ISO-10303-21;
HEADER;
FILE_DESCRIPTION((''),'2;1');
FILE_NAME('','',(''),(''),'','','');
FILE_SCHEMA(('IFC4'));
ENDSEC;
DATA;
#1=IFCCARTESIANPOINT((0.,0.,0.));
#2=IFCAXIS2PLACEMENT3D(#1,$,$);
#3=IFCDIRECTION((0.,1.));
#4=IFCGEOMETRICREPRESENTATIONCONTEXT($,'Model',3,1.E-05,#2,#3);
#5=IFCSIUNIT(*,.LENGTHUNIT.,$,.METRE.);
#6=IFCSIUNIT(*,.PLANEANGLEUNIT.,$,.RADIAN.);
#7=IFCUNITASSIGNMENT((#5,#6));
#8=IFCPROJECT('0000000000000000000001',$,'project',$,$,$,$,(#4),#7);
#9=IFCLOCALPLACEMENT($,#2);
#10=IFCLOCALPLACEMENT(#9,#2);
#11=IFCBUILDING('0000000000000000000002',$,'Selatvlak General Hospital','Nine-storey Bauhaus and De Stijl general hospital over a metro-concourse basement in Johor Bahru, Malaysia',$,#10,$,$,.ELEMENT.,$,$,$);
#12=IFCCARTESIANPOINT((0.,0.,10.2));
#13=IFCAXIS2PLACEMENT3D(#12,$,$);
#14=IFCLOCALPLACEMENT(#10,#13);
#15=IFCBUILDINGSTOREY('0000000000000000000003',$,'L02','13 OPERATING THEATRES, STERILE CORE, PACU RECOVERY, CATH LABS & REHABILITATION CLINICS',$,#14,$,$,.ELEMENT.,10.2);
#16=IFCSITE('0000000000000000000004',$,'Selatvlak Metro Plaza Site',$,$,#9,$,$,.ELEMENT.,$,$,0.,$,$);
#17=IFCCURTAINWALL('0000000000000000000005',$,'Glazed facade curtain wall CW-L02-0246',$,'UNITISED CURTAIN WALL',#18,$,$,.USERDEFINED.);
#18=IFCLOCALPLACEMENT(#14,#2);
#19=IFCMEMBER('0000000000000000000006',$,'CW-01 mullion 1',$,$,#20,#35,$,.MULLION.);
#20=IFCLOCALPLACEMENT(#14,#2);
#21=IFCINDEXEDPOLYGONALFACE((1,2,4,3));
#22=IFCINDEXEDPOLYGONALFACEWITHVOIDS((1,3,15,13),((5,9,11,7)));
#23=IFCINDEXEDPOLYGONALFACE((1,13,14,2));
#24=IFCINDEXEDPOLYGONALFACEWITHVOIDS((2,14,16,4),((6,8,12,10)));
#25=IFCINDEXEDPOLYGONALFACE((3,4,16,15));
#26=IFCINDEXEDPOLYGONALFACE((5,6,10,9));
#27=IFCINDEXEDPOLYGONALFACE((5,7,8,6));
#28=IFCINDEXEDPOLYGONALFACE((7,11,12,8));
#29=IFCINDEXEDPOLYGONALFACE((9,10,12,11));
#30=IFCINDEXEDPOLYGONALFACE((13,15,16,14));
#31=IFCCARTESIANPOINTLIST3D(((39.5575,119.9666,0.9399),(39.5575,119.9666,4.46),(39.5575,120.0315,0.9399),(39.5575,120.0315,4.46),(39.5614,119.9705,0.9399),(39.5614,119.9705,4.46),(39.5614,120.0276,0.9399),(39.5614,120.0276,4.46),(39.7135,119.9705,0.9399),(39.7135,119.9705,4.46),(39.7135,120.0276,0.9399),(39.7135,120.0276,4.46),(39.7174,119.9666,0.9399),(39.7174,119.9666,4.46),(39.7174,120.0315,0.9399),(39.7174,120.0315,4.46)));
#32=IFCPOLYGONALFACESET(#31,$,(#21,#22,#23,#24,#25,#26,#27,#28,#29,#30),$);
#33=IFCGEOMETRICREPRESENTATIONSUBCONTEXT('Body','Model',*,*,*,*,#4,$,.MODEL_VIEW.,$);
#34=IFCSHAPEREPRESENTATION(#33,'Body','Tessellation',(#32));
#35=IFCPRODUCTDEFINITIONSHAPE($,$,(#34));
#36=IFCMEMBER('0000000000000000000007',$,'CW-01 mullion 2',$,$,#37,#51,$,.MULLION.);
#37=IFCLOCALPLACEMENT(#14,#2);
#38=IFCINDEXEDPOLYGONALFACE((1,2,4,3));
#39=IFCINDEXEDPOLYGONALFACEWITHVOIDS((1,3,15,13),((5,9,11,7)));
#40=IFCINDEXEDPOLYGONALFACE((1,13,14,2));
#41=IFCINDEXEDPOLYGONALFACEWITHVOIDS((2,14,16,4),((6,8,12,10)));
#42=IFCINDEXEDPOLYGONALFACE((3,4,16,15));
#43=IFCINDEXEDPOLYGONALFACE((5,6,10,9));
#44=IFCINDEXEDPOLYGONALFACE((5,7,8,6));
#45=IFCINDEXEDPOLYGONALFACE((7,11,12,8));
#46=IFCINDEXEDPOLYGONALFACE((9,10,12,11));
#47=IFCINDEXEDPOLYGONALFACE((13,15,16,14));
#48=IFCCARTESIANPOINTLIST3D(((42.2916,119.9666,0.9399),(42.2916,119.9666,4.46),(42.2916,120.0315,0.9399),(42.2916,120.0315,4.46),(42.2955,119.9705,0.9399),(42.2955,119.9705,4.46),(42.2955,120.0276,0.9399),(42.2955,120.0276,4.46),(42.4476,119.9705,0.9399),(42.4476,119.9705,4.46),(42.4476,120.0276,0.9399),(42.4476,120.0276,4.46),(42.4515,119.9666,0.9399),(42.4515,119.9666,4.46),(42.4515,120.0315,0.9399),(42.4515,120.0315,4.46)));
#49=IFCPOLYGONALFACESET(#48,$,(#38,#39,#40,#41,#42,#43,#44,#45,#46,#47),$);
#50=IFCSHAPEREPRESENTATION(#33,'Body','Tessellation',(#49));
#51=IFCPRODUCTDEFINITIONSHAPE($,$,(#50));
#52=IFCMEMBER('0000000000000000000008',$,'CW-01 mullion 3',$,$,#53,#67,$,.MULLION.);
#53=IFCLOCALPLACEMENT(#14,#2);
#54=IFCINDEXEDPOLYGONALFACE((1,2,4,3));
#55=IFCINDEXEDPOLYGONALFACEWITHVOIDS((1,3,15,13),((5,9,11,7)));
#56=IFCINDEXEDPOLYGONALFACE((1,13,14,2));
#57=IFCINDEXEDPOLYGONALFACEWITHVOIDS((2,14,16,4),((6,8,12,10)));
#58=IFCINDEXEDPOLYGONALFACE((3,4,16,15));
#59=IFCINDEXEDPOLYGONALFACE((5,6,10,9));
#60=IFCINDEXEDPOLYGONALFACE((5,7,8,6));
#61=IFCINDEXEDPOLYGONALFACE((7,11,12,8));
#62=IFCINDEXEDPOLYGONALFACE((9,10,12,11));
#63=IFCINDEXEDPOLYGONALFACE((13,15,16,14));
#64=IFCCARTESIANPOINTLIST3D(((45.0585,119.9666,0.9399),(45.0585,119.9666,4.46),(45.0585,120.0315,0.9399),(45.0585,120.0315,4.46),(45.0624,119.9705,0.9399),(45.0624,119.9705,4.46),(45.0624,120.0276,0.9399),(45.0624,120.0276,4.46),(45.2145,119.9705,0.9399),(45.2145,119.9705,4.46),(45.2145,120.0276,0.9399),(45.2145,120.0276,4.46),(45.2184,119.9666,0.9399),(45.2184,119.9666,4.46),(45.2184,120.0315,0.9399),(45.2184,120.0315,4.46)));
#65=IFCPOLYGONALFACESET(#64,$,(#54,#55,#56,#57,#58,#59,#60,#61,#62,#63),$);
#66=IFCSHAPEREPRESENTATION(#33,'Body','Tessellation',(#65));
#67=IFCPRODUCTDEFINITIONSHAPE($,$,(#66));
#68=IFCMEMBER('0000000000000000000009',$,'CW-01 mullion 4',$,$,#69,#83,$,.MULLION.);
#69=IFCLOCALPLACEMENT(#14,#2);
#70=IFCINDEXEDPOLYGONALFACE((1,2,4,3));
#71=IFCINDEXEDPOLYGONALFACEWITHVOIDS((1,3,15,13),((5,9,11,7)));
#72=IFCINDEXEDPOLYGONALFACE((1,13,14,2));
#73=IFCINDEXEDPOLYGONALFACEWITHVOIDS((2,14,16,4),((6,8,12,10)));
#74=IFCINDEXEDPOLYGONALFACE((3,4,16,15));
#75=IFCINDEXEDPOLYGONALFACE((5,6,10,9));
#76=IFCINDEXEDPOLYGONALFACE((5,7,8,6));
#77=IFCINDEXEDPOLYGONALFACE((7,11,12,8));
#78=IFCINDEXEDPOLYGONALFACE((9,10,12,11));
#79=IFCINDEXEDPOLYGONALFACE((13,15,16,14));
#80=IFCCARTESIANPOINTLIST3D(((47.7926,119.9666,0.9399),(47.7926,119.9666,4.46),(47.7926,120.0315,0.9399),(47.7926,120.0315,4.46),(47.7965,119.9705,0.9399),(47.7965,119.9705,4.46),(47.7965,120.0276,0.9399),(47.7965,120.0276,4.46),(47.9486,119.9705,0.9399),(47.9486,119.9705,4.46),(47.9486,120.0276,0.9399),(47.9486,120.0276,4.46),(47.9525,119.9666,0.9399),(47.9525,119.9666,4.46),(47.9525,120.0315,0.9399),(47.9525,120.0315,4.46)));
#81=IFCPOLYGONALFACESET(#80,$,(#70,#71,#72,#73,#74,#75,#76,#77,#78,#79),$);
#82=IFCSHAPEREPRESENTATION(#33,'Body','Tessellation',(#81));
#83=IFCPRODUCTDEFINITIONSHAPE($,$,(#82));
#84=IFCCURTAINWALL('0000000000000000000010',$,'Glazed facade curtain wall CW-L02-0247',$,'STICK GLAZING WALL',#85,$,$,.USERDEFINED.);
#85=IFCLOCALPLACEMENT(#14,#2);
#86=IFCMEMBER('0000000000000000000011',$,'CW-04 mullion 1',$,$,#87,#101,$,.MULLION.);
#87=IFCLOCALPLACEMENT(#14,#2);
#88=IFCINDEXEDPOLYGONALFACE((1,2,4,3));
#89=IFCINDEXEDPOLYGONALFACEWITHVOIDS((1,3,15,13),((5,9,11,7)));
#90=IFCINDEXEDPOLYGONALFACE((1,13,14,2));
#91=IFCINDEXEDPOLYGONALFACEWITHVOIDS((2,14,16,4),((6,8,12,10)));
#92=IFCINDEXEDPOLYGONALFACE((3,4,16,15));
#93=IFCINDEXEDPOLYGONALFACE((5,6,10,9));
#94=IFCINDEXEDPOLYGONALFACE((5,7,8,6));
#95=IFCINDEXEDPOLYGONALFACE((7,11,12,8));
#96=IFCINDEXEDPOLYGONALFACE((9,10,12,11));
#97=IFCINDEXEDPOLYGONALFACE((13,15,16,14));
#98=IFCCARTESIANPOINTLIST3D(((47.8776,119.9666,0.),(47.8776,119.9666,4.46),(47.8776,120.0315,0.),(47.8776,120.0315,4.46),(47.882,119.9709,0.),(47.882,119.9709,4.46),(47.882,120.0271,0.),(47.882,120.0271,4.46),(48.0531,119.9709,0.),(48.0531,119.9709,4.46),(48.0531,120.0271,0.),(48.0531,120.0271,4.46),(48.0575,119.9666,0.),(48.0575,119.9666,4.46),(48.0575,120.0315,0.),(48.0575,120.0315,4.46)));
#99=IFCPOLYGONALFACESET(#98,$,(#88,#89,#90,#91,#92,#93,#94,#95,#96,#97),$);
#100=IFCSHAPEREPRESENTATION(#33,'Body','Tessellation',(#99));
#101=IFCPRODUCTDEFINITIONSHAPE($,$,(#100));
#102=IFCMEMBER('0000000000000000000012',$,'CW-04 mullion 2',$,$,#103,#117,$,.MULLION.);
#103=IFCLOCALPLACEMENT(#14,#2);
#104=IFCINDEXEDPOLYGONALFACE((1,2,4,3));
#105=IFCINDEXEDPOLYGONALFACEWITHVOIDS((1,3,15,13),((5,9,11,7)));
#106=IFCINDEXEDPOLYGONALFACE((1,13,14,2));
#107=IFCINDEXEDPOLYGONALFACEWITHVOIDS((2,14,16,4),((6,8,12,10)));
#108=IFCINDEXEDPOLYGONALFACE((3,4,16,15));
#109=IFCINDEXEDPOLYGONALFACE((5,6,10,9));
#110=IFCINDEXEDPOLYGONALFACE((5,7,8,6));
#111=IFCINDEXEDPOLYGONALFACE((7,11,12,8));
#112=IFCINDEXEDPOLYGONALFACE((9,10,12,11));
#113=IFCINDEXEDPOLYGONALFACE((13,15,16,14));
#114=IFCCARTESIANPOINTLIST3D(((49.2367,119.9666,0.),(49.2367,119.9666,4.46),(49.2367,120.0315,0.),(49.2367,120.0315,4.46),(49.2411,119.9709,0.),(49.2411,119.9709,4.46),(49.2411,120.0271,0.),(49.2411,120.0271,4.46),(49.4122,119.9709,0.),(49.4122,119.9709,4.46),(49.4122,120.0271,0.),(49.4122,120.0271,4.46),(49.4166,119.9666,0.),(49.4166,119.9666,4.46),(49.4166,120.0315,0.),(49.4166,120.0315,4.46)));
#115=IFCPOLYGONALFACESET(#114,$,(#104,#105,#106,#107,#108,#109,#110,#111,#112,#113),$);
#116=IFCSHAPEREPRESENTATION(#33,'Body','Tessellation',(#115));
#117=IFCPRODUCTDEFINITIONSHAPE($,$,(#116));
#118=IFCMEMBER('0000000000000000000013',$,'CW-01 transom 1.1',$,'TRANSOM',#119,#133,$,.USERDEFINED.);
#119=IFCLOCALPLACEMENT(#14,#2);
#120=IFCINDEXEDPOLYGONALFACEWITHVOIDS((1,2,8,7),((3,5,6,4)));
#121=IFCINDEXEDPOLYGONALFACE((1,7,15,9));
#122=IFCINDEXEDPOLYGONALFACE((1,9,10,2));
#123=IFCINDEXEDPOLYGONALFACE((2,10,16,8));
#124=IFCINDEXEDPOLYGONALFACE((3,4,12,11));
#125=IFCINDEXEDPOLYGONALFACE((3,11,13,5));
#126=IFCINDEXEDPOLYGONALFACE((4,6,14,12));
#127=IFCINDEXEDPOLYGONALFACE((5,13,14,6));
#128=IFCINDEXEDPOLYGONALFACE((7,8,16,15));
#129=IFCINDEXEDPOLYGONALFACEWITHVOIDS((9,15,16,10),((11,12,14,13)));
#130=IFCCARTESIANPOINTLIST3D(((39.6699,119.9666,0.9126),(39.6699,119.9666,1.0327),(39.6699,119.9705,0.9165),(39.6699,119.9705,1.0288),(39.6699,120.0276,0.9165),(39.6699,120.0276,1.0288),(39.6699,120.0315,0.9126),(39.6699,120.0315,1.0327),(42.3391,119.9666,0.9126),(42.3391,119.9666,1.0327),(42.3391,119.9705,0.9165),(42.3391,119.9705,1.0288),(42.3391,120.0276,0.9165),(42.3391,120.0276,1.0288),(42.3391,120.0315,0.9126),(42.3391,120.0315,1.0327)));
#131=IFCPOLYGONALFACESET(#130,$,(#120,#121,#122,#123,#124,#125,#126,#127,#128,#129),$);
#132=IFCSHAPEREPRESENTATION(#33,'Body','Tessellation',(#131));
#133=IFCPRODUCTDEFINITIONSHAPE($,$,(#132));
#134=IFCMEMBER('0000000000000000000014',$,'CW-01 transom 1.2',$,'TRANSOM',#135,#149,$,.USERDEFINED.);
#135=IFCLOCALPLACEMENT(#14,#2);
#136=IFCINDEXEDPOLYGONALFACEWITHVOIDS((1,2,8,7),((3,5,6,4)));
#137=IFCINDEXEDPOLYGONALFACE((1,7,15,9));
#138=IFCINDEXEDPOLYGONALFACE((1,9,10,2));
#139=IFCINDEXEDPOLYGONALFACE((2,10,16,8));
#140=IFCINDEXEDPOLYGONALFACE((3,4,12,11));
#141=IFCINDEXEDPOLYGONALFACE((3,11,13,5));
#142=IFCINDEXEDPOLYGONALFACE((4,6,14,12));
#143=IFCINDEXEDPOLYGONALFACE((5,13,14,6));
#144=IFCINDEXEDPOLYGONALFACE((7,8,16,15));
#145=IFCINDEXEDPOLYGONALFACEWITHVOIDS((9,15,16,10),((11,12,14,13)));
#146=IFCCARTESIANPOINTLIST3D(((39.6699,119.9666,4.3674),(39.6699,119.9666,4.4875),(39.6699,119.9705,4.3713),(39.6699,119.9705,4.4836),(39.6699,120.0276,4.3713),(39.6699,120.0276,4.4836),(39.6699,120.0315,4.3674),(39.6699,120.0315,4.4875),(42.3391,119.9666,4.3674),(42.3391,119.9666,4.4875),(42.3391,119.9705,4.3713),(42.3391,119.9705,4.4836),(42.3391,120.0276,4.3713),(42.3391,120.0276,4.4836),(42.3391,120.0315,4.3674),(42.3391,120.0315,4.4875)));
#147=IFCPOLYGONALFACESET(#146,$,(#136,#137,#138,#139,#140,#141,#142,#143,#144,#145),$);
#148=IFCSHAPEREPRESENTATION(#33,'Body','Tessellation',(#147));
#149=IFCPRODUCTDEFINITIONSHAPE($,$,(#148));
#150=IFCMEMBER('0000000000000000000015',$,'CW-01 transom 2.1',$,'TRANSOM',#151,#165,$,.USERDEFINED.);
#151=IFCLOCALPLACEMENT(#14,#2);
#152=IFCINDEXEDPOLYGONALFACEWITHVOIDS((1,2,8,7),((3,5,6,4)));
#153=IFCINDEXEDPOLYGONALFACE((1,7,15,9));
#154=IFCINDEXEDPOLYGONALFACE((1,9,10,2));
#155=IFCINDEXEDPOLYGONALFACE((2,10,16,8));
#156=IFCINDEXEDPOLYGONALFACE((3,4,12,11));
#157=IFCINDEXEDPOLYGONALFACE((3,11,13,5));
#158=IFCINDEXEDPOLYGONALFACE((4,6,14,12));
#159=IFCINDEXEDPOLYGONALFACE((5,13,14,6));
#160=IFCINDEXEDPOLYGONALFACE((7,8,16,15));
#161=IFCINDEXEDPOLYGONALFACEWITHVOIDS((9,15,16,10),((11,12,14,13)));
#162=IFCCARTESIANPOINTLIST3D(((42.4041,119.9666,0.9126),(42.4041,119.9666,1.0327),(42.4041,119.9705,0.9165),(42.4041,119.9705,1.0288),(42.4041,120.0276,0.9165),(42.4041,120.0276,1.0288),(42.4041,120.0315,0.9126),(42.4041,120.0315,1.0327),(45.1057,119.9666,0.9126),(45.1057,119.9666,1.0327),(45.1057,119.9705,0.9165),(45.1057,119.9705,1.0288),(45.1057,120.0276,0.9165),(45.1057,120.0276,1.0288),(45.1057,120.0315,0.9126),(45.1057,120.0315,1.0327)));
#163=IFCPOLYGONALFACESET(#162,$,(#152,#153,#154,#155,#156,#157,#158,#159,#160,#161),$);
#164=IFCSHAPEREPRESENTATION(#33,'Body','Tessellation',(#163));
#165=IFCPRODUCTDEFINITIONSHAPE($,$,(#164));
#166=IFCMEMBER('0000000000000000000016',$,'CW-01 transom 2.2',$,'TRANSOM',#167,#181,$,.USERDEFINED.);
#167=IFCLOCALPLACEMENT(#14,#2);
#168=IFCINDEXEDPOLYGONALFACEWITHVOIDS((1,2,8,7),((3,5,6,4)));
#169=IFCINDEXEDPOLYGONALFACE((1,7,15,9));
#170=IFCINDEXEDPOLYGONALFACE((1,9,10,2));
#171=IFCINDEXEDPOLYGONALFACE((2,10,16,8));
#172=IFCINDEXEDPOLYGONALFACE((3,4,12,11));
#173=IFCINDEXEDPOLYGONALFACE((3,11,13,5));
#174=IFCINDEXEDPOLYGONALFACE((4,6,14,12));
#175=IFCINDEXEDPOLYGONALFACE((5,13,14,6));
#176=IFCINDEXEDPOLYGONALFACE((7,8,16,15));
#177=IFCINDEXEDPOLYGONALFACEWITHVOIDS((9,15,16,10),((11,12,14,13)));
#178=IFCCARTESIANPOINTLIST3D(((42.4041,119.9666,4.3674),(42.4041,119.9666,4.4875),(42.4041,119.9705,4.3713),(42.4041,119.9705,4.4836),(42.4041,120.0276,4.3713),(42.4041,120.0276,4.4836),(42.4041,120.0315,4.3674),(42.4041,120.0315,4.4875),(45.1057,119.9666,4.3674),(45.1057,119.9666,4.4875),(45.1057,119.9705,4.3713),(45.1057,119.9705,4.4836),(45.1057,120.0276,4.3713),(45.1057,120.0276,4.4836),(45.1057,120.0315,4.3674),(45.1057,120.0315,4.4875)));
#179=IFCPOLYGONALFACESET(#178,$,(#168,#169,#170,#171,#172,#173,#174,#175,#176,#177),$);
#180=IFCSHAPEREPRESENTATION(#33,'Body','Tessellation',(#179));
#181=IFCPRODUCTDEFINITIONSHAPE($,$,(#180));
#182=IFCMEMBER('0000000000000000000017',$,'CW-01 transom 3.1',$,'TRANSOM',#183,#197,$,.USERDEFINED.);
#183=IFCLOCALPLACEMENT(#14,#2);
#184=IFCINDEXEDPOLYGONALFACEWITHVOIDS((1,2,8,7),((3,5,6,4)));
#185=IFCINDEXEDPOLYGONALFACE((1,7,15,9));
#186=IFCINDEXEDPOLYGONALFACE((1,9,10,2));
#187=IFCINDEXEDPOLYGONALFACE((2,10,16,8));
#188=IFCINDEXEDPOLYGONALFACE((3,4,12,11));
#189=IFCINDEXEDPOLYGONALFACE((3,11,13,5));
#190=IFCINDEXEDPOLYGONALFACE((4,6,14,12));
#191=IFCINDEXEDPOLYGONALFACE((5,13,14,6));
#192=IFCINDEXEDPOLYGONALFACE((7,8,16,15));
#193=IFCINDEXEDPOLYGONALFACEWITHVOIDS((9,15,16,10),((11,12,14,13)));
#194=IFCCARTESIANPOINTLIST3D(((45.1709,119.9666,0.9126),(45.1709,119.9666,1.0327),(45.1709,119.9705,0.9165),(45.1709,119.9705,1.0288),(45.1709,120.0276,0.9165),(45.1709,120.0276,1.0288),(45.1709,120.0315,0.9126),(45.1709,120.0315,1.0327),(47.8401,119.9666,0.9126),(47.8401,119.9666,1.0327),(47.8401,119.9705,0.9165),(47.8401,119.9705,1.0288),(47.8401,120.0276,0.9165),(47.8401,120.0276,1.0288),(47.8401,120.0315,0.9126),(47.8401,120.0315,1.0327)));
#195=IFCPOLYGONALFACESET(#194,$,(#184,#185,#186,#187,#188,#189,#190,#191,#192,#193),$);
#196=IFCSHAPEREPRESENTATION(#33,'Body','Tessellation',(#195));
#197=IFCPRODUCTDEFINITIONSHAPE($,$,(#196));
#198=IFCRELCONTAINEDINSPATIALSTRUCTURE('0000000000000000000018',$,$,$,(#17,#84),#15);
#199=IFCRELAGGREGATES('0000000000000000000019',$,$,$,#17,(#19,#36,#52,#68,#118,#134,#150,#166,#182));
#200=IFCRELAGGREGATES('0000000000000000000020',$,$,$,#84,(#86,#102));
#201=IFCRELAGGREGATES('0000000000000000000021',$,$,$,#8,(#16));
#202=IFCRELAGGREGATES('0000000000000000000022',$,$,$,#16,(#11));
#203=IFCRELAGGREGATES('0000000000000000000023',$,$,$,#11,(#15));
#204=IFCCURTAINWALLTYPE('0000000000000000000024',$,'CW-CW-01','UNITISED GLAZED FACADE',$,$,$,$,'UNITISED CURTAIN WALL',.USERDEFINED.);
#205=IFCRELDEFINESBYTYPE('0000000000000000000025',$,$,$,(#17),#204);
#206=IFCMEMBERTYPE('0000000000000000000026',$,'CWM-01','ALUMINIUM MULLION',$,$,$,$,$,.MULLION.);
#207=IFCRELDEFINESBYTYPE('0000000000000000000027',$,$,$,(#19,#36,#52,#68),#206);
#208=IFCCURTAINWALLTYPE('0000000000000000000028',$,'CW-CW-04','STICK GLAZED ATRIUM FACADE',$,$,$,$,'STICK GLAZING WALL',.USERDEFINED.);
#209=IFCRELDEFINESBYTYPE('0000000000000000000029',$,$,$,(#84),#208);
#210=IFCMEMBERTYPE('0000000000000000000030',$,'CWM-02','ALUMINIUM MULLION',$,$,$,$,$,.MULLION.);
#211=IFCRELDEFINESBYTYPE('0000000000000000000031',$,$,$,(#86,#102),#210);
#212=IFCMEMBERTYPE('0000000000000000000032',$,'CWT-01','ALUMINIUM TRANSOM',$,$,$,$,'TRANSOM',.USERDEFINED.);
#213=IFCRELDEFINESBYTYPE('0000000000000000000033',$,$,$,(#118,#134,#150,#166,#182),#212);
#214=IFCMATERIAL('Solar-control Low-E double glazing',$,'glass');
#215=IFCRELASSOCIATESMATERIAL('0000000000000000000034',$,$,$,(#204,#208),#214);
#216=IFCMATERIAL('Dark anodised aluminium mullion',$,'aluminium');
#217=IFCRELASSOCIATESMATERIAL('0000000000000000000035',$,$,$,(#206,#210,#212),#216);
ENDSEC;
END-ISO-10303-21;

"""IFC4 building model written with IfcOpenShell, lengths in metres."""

from ifc_helpers import new_model, si_unit, direction, frame, origin, origin_2d, place, context, subcontext, project, spatial, hollow_rectangle, extrude, material, material_profile, profile_set, type_object, element, aggregate, save


model = new_model("IFC4")

# Units and contexts
model_context = context("Model", 3, precision=1e-05, world=origin(), true_north=direction((0.0, 1.0)))
body_context = subcontext(model_context, "Body", "Model", "MODEL_VIEW")
ifc_project = project(units=[si_unit("LENGTHUNIT", "METRE"), si_unit("PLANEANGLEUNIT", "RADIAN")], contexts=[model_context])

# Site, building, storey
site_placement = place(None, origin())
site = spatial("IfcSite", under=ifc_project, at=site_placement, Name="Selatvlak Metro Plaza Site", CompositionType="ELEMENT", RefElevation=0.0)
building_placement = place(site_placement, origin())
building = spatial("IfcBuilding", under=site, at=building_placement, Name="Selatvlak General Hospital", Description="Nine-storey Bauhaus and De Stijl general hospital over a metro-concourse basement in Johor Bahru, Malaysia", CompositionType="ELEMENT")
storey_placement = place(building_placement, frame((0.0, 0.0, 10.2)))
storey = spatial("IfcBuildingStorey", under=building, at=storey_placement, Name="L02", Description="13 OPERATING THEATRES, STERILE CORE, PACU RECOVERY, CATH LABS & REHABILITATION CLINICS", CompositionType="ELEMENT", Elevation=10.2)

# Curtain walls, members
ifc_material_1 = material(Name="Solar-control Low-E double glazing", Category="glass")
curtain_wall_type_1 = type_object("IfcCurtainWallType", Name="CW-CW-01", Description="UNITISED GLAZED FACADE", ElementType="UNITISED CURTAIN WALL", PredefinedType="USERDEFINED", material=ifc_material_1)
curtain_wall_1_placement = place(storey_placement, origin())
curtain_wall_1 = element("IfcCurtainWall", 1, at=curtain_wall_1_placement, inside=storey, type_object=curtain_wall_type_1, Name="Glazed facade curtain wall CW-L02-0246", ObjectType="UNITISED CURTAIN WALL", PredefinedType="USERDEFINED")
ifc_material_2 = material(Name="Dark anodised aluminium mullion", Category="aluminium")
ifc_material_profile_1 = material_profile(ifc_material_2, hollow_rectangle(XDim=0.0649, YDim=0.1599, WallThickness=0.0039, at=origin_2d()), Name="AL-MUL 65x160x4")
ifc_profile_set_1 = profile_set([ifc_material_profile_1], Name="Dark anodised aluminium mullion")
member_type_1 = type_object("IfcMemberType", Name="CWM-01", Description="ALUMINIUM MULLION", PredefinedType="MULLION", material=ifc_profile_set_1)
member_1_placement = place(storey_placement, frame((39.6375, 119.999, 0.9399), z_axis=(0.0, 0.0, 1.0), x_axis=(0.0, 1.0, 0.0)))
member_1 = element("IfcMember", 2, at=member_1_placement, type_object=member_type_1, Name="CW-01 mullion 1", PredefinedType="MULLION", context=body_context, shape_type="SweptSolid", body=[
    extrude(hollow_rectangle(XDim=0.0649, YDim=0.1599, WallThickness=0.0039, at=origin_2d()), origin(), (0.0, 0.0, 1.0), 3.52),
])
member_2_placement = place(storey_placement, frame((42.3716, 119.999, 0.9399), z_axis=(0.0, 0.0, 1.0), x_axis=(0.0, 1.0, 0.0)))
member_2 = element("IfcMember", 3, at=member_2_placement, type_object=member_type_1, Name="CW-01 mullion 2", PredefinedType="MULLION", context=body_context, shape_type="SweptSolid", body=[
    extrude(hollow_rectangle(XDim=0.0649, YDim=0.1599, WallThickness=0.0039, at=origin_2d()), origin(), (0.0, 0.0, 1.0), 3.52),
])
member_3_placement = place(storey_placement, frame((45.1384, 119.999, 0.9399), z_axis=(0.0, 0.0, 1.0), x_axis=(0.0, 1.0, 0.0)))
member_3 = element("IfcMember", 4, at=member_3_placement, type_object=member_type_1, Name="CW-01 mullion 3", PredefinedType="MULLION", context=body_context, shape_type="SweptSolid", body=[
    extrude(hollow_rectangle(XDim=0.0649, YDim=0.1599, WallThickness=0.0039, at=origin_2d()), origin(), (0.0, 0.0, 1.0), 3.52),
])
member_4_placement = place(storey_placement, frame((47.8726, 119.999, 0.9399), z_axis=(0.0, 0.0, 1.0), x_axis=(0.0, 1.0, 0.0)))
member_4 = element("IfcMember", 5, at=member_4_placement, type_object=member_type_1, Name="CW-01 mullion 4", PredefinedType="MULLION", context=body_context, shape_type="SweptSolid", body=[
    extrude(hollow_rectangle(XDim=0.0649, YDim=0.1599, WallThickness=0.0039, at=origin_2d()), origin(), (0.0, 0.0, 1.0), 3.52),
])
curtain_wall_type_2 = type_object("IfcCurtainWallType", Name="CW-CW-04", Description="STICK GLAZED ATRIUM FACADE", ElementType="STICK GLAZING WALL", PredefinedType="USERDEFINED", material=ifc_material_1)
curtain_wall_2_placement = place(storey_placement, origin())
curtain_wall_2 = element("IfcCurtainWall", 6, at=curtain_wall_2_placement, inside=storey, type_object=curtain_wall_type_2, Name="Glazed facade curtain wall CW-L02-0247", ObjectType="STICK GLAZING WALL", PredefinedType="USERDEFINED")
ifc_material_profile_2 = material_profile(ifc_material_2, hollow_rectangle(XDim=0.0649, YDim=0.1799, WallThickness=0.0044, at=origin_2d()), Name="AL-MUL 65x180x4.5")
ifc_profile_set_2 = profile_set([ifc_material_profile_2], Name="Dark anodised aluminium mullion")
member_type_2 = type_object("IfcMemberType", Name="CWM-02", Description="ALUMINIUM MULLION", PredefinedType="MULLION", material=ifc_profile_set_2)
member_5_placement = place(storey_placement, frame((47.9675, 119.999, 0.0), z_axis=(0.0, 0.0, 1.0), x_axis=(0.0, 1.0, 0.0)))
member_5 = element("IfcMember", 7, at=member_5_placement, type_object=member_type_2, Name="CW-04 mullion 1", PredefinedType="MULLION", context=body_context, shape_type="SweptSolid", body=[
    extrude(hollow_rectangle(XDim=0.0649, YDim=0.1799, WallThickness=0.0044, at=origin_2d()), origin(), (0.0, 0.0, 1.0), 4.46),
])
member_6_placement = place(storey_placement, frame((49.3267, 119.999, 0.0), z_axis=(0.0, 0.0, 1.0), x_axis=(0.0, 1.0, 0.0)))
member_6 = element("IfcMember", 8, at=member_6_placement, type_object=member_type_2, Name="CW-04 mullion 2", PredefinedType="MULLION", context=body_context, shape_type="SweptSolid", body=[
    extrude(hollow_rectangle(XDim=0.0649, YDim=0.1799, WallThickness=0.0044, at=origin_2d()), origin(), (0.0, 0.0, 1.0), 4.46),
])

# Members
ifc_material_profile_3 = material_profile(ifc_material_2, hollow_rectangle(XDim=0.0649, YDim=0.1201, WallThickness=0.0039, at=origin_2d()), Name="AL-TRN 65x120x4")
ifc_profile_set_3 = profile_set([ifc_material_profile_3], Name="Dark anodised aluminium mullion")
member_type_3 = type_object("IfcMemberType", Name="CWT-01", Description="ALUMINIUM TRANSOM", ElementType="TRANSOM", PredefinedType="USERDEFINED", material=ifc_profile_set_3)
member_7_placement = place(storey_placement, frame((39.6699, 119.999, 0.9727), z_axis=(1.0, 0.0, 0.0), x_axis=(0.0, 1.0, 0.0)))
member_7 = element("IfcMember", 9, at=member_7_placement, type_object=member_type_3, Name="CW-01 transom 1.1", ObjectType="TRANSOM", PredefinedType="USERDEFINED", context=body_context, shape_type="SweptSolid", body=[
    extrude(hollow_rectangle(XDim=0.0649, YDim=0.1201, WallThickness=0.0039, at=origin_2d()), origin(), (0.0, 0.0, 1.0), 2.6692),
])
member_8_placement = place(storey_placement, frame((39.6699, 119.999, 4.4275), z_axis=(1.0, 0.0, 0.0), x_axis=(0.0, 1.0, 0.0)))
member_8 = element("IfcMember", 10, at=member_8_placement, type_object=member_type_3, Name="CW-01 transom 1.2", ObjectType="TRANSOM", PredefinedType="USERDEFINED", context=body_context, shape_type="SweptSolid", body=[
    extrude(hollow_rectangle(XDim=0.0649, YDim=0.1201, WallThickness=0.0039, at=origin_2d()), origin(), (0.0, 0.0, 1.0), 2.6692),
])
member_9_placement = place(storey_placement, frame((42.4041, 119.999, 0.9727), z_axis=(1.0, 0.0, 0.0), x_axis=(0.0, 1.0, 0.0)))
member_9 = element("IfcMember", 11, at=member_9_placement, type_object=member_type_3, Name="CW-01 transom 2.1", ObjectType="TRANSOM", PredefinedType="USERDEFINED", context=body_context, shape_type="SweptSolid", body=[
    extrude(hollow_rectangle(XDim=0.0649, YDim=0.1201, WallThickness=0.0039, at=origin_2d()), origin(), (0.0, 0.0, 1.0), 2.7017),
])
member_10_placement = place(storey_placement, frame((42.4041, 119.999, 4.4275), z_axis=(1.0, 0.0, 0.0), x_axis=(0.0, 1.0, 0.0)))
member_10 = element("IfcMember", 12, at=member_10_placement, type_object=member_type_3, Name="CW-01 transom 2.2", ObjectType="TRANSOM", PredefinedType="USERDEFINED", context=body_context, shape_type="SweptSolid", body=[
    extrude(hollow_rectangle(XDim=0.0649, YDim=0.1201, WallThickness=0.0039, at=origin_2d()), origin(), (0.0, 0.0, 1.0), 2.7017),
])
member_11_placement = place(storey_placement, frame((45.1709, 119.999, 0.9727), z_axis=(1.0, 0.0, 0.0), x_axis=(0.0, 1.0, 0.0)))
member_11 = element("IfcMember", 13, at=member_11_placement, type_object=member_type_3, Name="CW-01 transom 3.1", ObjectType="TRANSOM", PredefinedType="USERDEFINED", context=body_context, shape_type="SweptSolid", body=[
    extrude(hollow_rectangle(XDim=0.0649, YDim=0.1201, WallThickness=0.0039, at=origin_2d()), origin(), (0.0, 0.0, 1.0), 2.6692),
])

aggregate(curtain_wall_1, [member_1, member_2, member_3, member_4, member_7, member_8, member_9, member_10, member_11])
aggregate(curtain_wall_2, [member_5, member_6])

save(model, "model.ifc")
